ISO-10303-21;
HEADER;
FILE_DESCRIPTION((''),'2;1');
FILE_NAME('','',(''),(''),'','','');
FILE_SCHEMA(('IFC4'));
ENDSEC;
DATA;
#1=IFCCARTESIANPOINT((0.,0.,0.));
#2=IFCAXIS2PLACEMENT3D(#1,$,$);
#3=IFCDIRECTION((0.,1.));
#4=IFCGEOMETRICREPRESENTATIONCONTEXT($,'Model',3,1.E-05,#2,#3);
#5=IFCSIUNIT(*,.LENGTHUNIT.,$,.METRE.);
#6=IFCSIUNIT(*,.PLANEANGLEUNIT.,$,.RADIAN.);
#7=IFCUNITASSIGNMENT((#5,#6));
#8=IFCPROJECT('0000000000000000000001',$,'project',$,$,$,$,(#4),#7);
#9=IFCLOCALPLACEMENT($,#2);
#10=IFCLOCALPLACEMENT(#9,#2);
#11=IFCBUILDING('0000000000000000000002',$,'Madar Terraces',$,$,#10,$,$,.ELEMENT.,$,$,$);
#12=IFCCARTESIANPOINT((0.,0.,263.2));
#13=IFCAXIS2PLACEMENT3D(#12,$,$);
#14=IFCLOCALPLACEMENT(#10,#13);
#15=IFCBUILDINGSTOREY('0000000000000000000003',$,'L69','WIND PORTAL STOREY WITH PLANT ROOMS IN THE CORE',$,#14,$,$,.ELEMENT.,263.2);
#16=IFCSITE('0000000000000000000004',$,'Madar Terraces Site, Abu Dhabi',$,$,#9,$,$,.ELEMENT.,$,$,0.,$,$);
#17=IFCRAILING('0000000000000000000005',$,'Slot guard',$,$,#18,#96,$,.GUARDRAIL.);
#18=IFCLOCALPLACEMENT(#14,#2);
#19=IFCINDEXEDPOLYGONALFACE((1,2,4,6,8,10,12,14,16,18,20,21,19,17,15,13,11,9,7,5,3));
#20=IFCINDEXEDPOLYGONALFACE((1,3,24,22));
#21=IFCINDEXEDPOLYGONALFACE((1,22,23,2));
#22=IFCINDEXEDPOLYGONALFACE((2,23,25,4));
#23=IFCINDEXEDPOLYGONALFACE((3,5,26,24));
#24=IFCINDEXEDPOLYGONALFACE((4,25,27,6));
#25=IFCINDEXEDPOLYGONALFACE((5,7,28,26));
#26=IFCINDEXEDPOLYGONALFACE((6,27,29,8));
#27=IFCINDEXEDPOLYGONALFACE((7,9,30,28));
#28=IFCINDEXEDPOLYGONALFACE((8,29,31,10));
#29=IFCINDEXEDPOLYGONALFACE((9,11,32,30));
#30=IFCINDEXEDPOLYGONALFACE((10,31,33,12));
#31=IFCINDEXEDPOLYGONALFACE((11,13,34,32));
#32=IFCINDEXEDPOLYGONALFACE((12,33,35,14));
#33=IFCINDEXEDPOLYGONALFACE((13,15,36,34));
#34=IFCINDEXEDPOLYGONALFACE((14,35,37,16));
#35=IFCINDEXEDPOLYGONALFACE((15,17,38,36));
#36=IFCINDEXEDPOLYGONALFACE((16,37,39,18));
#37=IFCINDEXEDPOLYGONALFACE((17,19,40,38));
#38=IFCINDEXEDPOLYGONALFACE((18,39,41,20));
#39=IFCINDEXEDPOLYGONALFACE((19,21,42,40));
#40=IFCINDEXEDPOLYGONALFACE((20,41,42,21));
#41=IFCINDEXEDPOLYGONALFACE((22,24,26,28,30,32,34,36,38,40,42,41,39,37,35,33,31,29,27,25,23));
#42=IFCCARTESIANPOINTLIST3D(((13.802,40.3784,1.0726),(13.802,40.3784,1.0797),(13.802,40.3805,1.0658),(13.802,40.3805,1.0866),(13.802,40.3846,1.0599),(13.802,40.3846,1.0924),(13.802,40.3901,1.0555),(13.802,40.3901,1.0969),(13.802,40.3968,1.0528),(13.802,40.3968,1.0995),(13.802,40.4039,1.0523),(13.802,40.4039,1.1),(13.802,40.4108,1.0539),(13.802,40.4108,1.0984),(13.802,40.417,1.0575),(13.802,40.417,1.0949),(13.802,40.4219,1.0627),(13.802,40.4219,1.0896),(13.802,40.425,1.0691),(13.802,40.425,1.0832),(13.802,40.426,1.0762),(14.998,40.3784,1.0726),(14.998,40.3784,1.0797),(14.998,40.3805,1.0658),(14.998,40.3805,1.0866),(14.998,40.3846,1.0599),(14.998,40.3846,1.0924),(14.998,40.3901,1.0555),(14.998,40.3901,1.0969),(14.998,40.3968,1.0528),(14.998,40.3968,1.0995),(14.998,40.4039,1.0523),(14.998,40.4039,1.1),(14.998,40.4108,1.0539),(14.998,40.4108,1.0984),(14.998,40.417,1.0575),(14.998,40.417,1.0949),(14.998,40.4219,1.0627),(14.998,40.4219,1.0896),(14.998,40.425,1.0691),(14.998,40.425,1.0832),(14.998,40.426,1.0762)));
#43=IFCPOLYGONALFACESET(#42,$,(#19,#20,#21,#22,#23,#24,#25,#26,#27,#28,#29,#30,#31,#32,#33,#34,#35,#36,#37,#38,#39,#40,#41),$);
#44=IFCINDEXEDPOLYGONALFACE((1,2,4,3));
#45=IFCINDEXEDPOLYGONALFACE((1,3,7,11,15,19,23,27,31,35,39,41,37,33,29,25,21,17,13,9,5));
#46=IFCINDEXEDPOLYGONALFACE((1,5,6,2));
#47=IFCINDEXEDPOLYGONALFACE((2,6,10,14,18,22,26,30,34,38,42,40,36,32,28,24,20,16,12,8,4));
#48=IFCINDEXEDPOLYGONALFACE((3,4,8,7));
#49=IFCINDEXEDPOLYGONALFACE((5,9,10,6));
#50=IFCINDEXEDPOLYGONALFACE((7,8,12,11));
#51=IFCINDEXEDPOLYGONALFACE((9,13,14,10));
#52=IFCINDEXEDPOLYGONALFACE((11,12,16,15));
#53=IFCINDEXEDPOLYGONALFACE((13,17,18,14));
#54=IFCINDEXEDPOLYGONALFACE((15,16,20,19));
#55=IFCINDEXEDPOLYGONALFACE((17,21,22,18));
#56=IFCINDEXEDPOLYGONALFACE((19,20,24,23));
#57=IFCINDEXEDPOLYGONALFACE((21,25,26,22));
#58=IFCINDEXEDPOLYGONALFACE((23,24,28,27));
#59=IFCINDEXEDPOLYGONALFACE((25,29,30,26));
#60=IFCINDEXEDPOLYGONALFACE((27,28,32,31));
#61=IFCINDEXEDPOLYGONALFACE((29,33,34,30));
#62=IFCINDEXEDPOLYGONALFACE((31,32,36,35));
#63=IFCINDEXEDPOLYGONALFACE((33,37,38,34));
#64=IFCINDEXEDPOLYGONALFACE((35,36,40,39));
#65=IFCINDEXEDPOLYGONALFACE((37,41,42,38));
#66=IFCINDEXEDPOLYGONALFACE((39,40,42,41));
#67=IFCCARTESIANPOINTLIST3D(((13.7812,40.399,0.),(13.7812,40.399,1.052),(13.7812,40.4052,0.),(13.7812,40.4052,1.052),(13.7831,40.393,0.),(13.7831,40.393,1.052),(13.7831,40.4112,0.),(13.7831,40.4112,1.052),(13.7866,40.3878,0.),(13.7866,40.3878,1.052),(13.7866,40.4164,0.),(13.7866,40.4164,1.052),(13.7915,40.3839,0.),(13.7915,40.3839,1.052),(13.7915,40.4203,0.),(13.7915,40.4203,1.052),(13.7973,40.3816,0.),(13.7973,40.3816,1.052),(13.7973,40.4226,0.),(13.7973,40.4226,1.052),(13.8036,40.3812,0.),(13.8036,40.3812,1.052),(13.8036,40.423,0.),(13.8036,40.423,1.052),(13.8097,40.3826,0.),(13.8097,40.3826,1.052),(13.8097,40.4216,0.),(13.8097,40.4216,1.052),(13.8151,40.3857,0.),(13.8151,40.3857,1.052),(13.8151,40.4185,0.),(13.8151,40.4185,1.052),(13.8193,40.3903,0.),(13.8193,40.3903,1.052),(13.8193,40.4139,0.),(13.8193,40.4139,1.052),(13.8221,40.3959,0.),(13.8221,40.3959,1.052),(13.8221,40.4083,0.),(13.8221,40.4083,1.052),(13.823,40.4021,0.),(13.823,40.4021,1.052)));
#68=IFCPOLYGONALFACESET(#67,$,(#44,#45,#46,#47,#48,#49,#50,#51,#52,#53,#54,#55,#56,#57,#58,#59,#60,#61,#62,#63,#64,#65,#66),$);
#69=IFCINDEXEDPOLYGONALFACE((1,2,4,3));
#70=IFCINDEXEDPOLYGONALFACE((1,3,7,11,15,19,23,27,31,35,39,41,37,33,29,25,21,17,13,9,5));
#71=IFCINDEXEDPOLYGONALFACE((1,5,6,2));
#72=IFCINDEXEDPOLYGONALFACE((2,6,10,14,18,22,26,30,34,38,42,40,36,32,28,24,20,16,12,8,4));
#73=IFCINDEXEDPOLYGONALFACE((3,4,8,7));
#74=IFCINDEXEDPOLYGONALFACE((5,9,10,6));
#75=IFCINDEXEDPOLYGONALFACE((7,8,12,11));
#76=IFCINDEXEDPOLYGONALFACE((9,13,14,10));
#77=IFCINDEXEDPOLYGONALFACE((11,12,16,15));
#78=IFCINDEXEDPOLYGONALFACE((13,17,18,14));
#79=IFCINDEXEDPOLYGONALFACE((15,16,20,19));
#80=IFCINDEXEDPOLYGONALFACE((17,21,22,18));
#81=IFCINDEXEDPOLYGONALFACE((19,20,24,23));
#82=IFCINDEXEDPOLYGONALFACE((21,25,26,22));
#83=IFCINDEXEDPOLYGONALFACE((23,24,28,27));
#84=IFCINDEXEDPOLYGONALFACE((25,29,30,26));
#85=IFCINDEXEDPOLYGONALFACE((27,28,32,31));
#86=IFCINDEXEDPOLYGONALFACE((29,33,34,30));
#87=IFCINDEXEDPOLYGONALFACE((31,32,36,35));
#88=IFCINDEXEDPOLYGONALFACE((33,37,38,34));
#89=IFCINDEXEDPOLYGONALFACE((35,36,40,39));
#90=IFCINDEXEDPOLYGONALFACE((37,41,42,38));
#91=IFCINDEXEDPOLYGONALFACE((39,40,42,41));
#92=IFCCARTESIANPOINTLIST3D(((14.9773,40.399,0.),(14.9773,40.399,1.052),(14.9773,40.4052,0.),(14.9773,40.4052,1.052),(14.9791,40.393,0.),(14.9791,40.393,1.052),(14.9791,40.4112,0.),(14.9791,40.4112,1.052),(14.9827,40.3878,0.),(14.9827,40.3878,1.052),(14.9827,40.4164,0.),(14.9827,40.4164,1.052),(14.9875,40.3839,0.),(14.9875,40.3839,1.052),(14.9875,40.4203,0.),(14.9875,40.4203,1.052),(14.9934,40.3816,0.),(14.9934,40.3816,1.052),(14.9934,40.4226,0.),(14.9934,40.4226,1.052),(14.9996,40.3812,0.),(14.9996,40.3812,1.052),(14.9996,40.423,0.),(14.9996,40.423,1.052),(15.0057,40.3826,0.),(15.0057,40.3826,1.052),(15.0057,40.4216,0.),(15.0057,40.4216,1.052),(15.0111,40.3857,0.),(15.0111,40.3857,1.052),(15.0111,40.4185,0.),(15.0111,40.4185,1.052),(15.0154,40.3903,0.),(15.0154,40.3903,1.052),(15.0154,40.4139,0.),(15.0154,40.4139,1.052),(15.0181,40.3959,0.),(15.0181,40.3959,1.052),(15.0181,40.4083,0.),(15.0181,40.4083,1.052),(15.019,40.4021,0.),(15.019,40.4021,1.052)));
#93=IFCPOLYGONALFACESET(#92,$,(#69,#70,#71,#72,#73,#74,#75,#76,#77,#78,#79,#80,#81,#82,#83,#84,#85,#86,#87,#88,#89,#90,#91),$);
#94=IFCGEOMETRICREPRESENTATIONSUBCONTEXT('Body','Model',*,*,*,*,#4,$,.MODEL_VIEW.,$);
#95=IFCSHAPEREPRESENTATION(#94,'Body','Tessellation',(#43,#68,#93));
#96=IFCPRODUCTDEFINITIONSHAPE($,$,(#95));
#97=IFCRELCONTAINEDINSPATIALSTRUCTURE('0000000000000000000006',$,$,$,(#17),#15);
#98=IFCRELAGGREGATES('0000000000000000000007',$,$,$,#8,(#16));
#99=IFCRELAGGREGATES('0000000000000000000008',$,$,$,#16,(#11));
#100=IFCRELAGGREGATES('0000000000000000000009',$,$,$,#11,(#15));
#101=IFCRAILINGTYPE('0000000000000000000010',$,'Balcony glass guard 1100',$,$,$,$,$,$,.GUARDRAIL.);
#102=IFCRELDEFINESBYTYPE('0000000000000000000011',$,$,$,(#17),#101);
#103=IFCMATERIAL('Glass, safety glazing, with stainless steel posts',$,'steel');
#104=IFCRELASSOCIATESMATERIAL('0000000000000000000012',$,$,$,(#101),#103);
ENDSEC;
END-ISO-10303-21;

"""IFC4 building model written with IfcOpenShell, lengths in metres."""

from ifc_helpers import new_model, si_unit, direction, frame, origin, origin_2d, place, context, subcontext, project, spatial, circle, extrude, material, type_object, element, save


model = new_model("IFC4")

# Units and contexts
model_context = context("Model", 3, precision=1e-05, world=origin(), true_north=direction((0.0, 1.0)))
body_context = subcontext(model_context, "Body", "Model", "MODEL_VIEW")
ifc_project = project(units=[si_unit("LENGTHUNIT", "METRE"), si_unit("PLANEANGLEUNIT", "RADIAN")], contexts=[model_context])

# Site, building, storey
site_placement = place(None, origin())
site = spatial("IfcSite", under=ifc_project, at=site_placement, Name="Madar Terraces Site, Abu Dhabi", CompositionType="ELEMENT", RefElevation=0.0)
building_placement = place(site_placement, origin())
building = spatial("IfcBuilding", under=site, at=building_placement, Name="Madar Terraces", CompositionType="ELEMENT")
storey_placement = place(building_placement, frame((0.0, 0.0, 263.2)))
storey = spatial("IfcBuildingStorey", under=building, at=storey_placement, Name="L69", Description="WIND PORTAL STOREY WITH PLANT ROOMS IN THE CORE", CompositionType="ELEMENT", Elevation=263.2)

# Railing
ifc_material_1 = material(Name="Glass, safety glazing, with stainless steel posts", Category="steel")
railing_type = type_object("IfcRailingType", Name="Balcony glass guard 1100", PredefinedType="GUARDRAIL", material=ifc_material_1)
railing_1_placement = place(storey_placement, frame((13.802, 40.4021, 0.0)))
element("IfcRailing", 1, at=railing_1_placement, inside=storey, type_object=railing_type, Name="Slot guard", PredefinedType="GUARDRAIL", context=body_context, shape_type="SweptSolid", body=[
    extrude(circle(Radius=0.0239, at=origin_2d()), frame((0.0, 0.0, 1.0762), z_axis=(1.0, 0.0, 0.0), x_axis=(0.0, 1.0, 0.0)), (0.0, 0.0, 1.0), 1.196),
    extrude(circle(Radius=0.021, at=origin_2d()), origin(), (0.0, 0.0, 1.0), 1.052),
    extrude(circle(Radius=0.021, at=origin_2d()), frame((1.196, 0.0, 0.0)), (0.0, 0.0, 1.0), 1.052),
])

save(model, "model.ifc")
